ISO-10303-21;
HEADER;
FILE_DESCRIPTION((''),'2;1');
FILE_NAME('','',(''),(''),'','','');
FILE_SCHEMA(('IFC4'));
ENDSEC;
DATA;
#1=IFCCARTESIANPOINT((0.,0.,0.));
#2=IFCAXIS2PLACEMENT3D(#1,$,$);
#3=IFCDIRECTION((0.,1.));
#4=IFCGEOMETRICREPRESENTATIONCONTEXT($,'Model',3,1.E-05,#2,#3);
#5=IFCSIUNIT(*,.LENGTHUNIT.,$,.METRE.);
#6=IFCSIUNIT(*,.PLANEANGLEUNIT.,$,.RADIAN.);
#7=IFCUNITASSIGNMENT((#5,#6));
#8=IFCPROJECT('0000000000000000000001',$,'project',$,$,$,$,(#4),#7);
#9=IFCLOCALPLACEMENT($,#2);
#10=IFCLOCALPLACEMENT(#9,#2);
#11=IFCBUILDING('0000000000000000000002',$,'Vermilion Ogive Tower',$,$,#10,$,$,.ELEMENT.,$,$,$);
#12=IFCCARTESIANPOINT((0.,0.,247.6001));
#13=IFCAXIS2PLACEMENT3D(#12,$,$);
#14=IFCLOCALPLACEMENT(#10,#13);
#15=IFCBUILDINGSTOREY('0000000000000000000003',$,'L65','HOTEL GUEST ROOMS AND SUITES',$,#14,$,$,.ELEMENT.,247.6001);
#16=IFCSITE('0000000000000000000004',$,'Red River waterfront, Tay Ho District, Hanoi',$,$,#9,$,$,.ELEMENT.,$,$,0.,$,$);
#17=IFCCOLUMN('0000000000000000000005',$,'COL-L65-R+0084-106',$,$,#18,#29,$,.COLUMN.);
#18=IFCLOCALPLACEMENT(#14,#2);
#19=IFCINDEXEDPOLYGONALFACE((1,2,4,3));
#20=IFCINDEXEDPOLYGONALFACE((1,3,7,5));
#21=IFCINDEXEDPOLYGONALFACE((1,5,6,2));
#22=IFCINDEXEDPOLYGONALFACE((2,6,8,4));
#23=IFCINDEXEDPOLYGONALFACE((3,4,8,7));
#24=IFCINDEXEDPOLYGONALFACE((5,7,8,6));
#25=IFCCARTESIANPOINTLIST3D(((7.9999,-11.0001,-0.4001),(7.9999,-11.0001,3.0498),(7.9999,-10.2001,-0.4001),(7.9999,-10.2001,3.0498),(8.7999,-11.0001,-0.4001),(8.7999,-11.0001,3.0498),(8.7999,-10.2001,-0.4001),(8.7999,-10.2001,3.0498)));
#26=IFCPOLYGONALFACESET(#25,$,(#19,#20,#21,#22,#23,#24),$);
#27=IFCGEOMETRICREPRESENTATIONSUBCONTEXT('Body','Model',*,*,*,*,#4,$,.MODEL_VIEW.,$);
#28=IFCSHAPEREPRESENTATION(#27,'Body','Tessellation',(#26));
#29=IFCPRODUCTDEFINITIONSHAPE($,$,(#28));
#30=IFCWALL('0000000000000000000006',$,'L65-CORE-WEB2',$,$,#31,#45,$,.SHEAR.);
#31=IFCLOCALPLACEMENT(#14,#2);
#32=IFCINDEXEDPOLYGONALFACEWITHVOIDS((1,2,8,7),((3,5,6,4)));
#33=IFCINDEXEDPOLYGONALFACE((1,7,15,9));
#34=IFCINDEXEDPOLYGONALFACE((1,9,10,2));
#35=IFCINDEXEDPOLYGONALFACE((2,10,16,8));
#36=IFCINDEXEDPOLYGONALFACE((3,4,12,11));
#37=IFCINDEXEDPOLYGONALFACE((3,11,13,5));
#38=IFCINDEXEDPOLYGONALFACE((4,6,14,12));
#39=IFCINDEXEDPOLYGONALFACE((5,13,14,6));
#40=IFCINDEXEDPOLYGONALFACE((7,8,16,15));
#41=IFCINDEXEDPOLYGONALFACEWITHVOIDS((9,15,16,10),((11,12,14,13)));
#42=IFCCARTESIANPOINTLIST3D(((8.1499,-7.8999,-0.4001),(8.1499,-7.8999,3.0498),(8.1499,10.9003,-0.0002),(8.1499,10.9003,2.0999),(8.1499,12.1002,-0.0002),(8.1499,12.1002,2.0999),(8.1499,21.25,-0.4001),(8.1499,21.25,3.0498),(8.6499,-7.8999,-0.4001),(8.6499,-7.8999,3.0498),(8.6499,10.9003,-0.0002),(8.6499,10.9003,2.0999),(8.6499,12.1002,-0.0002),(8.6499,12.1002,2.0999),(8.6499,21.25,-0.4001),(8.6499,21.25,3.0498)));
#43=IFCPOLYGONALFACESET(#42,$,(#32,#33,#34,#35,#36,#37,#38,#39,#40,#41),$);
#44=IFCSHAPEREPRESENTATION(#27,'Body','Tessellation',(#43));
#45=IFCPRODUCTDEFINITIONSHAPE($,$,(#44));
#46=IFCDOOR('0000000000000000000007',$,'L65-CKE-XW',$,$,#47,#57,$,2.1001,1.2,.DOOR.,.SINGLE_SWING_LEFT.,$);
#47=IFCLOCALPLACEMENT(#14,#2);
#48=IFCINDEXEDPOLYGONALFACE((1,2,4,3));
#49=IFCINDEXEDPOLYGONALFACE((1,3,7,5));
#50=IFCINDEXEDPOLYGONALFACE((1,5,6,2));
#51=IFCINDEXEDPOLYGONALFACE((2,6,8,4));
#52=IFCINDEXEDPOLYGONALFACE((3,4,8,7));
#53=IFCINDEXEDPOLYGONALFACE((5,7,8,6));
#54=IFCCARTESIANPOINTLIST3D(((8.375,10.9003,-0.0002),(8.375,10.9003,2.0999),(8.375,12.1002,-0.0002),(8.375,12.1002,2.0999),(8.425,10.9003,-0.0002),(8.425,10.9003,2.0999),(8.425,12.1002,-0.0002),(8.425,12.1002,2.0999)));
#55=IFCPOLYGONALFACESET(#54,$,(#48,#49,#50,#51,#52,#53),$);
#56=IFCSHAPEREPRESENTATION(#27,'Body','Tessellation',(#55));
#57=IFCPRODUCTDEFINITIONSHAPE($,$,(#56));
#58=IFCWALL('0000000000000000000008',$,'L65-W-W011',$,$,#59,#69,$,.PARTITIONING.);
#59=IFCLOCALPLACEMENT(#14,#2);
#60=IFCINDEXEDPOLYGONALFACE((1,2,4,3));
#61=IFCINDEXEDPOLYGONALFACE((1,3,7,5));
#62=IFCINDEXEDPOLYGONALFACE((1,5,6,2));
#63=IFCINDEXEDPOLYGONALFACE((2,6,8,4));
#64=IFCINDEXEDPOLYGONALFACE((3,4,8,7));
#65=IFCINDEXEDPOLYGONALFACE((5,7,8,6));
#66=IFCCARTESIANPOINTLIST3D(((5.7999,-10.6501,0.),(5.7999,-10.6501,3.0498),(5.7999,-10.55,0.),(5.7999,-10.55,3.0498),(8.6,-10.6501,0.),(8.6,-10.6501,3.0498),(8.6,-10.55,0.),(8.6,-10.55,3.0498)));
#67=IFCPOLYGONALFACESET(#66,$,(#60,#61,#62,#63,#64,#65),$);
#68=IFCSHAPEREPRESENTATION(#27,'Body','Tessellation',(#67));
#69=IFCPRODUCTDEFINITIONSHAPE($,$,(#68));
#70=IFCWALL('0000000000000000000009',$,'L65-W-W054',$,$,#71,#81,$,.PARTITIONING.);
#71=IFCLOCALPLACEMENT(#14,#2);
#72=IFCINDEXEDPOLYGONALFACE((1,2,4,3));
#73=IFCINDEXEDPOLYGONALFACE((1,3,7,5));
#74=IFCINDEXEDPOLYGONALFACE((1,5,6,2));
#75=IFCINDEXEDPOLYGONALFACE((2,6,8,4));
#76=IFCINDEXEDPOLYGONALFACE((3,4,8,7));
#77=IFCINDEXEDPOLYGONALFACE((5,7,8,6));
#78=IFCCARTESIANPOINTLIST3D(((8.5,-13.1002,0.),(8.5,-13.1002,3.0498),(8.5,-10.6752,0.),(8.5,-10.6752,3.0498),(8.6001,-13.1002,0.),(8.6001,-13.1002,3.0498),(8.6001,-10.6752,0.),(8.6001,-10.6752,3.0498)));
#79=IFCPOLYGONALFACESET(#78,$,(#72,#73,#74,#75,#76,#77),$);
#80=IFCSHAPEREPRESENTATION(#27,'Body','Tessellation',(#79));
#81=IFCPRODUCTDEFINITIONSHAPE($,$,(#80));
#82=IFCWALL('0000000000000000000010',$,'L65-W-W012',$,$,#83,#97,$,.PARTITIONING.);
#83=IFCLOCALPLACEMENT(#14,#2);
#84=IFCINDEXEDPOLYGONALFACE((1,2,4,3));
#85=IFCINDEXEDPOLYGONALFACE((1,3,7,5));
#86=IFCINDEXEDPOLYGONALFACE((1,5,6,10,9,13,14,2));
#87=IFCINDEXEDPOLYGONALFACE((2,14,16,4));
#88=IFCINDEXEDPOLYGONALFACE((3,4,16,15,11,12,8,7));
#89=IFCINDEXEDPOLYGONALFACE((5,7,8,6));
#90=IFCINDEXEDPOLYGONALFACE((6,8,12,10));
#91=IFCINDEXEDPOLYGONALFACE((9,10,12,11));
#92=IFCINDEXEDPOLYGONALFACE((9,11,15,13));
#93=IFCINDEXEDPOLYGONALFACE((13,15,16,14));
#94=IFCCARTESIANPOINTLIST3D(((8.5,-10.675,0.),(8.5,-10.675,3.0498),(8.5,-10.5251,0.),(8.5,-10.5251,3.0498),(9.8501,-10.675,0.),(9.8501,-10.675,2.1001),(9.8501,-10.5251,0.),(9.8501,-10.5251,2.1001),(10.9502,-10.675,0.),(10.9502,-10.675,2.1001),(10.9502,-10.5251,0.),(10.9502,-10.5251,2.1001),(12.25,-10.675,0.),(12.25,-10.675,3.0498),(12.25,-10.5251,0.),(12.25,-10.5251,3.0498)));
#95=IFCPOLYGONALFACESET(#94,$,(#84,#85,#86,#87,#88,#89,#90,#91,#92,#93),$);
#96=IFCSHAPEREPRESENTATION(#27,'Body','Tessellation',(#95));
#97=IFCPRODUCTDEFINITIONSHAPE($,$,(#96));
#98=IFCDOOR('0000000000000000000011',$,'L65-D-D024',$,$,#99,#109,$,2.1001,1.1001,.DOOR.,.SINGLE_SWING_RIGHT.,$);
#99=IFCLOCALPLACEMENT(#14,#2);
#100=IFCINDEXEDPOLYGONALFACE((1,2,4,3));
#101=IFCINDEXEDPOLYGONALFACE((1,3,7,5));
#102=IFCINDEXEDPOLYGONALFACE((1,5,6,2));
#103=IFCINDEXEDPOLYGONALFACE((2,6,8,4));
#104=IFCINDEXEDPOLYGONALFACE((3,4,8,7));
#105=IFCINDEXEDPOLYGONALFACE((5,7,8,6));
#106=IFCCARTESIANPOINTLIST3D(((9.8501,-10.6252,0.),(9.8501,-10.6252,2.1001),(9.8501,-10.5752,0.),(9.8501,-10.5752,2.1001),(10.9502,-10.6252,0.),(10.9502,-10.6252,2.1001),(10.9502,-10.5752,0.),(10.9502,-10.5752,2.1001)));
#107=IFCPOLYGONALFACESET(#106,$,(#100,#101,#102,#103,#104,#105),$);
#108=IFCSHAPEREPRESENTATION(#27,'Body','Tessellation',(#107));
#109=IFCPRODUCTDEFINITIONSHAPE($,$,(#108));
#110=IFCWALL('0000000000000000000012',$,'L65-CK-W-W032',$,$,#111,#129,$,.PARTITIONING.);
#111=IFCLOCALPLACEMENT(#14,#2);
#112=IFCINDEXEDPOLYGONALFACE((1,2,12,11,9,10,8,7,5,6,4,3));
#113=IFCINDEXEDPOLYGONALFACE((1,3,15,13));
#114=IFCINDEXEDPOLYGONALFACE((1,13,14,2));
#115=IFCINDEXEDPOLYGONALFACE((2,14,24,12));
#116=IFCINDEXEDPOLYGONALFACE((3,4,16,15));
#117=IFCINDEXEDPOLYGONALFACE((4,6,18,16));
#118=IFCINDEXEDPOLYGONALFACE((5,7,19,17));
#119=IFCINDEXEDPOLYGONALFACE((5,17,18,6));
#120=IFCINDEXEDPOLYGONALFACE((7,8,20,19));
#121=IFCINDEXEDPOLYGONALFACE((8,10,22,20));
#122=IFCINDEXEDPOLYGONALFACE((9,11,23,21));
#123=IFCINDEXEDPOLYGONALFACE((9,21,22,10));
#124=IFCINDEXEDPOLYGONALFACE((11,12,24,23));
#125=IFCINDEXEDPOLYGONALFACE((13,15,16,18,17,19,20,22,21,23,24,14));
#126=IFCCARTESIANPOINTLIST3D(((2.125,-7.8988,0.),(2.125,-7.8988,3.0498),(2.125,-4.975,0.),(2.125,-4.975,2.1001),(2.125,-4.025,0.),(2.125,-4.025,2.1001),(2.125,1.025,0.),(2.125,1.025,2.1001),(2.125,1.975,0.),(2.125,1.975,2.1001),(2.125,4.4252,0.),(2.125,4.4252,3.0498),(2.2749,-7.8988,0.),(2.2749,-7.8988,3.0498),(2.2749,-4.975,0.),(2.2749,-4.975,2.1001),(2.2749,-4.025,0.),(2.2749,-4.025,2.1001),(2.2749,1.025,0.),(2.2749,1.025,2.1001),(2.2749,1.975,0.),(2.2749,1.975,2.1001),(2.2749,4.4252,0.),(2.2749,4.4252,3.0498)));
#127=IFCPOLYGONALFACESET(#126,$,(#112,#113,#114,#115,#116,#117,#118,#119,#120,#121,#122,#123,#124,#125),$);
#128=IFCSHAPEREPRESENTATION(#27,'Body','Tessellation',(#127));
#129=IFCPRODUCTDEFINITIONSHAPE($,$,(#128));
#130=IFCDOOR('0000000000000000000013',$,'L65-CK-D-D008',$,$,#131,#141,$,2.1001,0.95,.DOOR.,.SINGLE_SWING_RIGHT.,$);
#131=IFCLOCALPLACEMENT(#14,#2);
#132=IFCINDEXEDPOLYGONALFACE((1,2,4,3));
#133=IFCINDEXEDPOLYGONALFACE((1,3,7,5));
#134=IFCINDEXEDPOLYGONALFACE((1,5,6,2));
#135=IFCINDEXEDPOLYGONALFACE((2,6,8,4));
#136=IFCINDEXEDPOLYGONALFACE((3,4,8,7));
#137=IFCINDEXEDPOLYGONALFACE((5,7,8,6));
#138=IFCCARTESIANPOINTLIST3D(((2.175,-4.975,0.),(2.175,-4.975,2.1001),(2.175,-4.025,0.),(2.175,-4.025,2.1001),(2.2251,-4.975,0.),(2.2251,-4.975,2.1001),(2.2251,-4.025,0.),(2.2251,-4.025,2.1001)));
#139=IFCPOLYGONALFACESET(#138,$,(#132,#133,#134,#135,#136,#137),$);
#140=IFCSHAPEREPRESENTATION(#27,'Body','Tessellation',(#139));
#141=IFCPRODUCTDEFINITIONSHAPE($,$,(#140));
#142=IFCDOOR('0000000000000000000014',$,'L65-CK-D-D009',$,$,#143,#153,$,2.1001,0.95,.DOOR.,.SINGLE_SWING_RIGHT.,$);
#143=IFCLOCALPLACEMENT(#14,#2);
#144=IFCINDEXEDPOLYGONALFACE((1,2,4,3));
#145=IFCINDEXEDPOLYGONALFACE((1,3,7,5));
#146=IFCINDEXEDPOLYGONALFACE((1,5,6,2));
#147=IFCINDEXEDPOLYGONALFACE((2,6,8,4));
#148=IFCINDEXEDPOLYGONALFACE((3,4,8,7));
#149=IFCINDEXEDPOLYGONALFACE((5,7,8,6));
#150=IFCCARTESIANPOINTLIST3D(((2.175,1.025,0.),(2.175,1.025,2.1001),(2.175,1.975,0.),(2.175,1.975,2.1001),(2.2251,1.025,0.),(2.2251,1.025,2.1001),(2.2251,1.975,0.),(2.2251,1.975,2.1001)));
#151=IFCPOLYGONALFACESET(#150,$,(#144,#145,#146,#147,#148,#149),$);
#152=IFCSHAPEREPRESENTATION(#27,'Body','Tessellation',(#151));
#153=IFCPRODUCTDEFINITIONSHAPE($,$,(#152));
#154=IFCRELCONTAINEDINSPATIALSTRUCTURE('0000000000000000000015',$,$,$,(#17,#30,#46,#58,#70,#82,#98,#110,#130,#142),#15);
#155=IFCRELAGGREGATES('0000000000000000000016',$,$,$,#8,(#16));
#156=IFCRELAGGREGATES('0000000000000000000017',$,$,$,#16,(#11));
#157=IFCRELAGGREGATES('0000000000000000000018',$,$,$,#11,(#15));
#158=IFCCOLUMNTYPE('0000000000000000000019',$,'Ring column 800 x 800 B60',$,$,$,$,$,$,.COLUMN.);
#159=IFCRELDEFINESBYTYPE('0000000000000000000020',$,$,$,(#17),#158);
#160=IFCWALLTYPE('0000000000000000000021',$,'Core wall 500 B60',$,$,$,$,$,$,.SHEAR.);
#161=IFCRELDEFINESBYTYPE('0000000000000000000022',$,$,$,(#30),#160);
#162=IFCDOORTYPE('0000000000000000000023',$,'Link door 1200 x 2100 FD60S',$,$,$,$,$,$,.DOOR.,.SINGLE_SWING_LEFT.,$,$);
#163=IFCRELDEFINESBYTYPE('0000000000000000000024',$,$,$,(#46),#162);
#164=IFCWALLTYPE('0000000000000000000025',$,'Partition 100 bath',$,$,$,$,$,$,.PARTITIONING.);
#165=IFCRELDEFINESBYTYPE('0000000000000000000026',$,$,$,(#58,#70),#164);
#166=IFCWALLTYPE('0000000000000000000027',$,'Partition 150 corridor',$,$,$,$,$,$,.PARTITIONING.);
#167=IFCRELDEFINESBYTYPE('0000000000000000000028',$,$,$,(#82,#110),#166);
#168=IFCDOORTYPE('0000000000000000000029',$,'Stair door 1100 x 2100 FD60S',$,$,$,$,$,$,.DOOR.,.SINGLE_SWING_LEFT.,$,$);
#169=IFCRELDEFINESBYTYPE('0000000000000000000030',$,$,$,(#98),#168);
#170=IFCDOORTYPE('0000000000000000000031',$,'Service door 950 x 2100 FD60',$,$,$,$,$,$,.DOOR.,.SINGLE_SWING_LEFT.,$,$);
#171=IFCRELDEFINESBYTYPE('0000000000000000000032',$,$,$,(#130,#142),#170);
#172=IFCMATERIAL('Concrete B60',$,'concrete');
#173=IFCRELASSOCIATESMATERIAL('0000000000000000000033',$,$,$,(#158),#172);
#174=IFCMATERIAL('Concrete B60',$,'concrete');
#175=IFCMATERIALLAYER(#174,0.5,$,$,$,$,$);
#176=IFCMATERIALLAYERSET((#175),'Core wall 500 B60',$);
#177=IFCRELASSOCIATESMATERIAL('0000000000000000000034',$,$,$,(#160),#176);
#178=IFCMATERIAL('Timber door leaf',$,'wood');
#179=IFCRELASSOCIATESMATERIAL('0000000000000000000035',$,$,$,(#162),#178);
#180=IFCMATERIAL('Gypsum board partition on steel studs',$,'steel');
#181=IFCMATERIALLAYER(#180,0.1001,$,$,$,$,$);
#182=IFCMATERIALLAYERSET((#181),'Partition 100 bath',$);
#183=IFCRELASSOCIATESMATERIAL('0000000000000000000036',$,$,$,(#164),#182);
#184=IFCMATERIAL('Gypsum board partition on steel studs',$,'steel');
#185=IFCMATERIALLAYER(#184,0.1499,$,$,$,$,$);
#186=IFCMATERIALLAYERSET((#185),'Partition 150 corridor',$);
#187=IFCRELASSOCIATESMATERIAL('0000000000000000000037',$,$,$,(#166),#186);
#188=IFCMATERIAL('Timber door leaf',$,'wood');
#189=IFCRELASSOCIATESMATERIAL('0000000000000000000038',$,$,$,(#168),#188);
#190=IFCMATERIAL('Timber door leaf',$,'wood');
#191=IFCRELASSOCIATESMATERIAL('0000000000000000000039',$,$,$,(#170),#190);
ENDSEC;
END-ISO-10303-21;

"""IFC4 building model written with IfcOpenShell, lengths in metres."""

from ifc_helpers import new_model, si_unit, direction, frame, frame_2d, origin, origin_2d, place, context, subcontext, project, spatial, rectangle, extrude, material, layer, layer_set, material_profile, profile_set, type_object, element, fill, save


model = new_model("IFC4")

# Units and contexts
model_context = context("Model", 3, precision=1e-05, world=origin(), true_north=direction((0.0, 1.0)))
body_context = subcontext(model_context, "Body", "Model", "MODEL_VIEW")
ifc_project = project(units=[si_unit("LENGTHUNIT", "METRE"), si_unit("PLANEANGLEUNIT", "RADIAN")], contexts=[model_context])

# Site, building, storey
site_placement = place(None, origin())
site = spatial("IfcSite", under=ifc_project, at=site_placement, Name="Red River waterfront, Tay Ho District, Hanoi", CompositionType="ELEMENT", RefElevation=0.0)
building_placement = place(site_placement, origin())
building = spatial("IfcBuilding", under=site, at=building_placement, Name="Vermilion Ogive Tower", CompositionType="ELEMENT")
storey_placement = place(building_placement, frame((0.0, 0.0, 247.6001)))
storey = spatial("IfcBuildingStorey", under=building, at=storey_placement, Name="L65", Description="HOTEL GUEST ROOMS AND SUITES", CompositionType="ELEMENT", Elevation=247.6001)

# Column
ifc_material_1 = material(Name="Concrete B60", Category="concrete")
ifc_material_profile = material_profile(ifc_material_1, rectangle(XDim=0.8, YDim=0.8, at=origin_2d()), Name="800 x 800")
ifc_profile_set = profile_set([ifc_material_profile], Name="Concrete B60")
column_type = type_object("IfcColumnType", Name="Ring column 800 x 800 B60", PredefinedType="COLUMN", material=ifc_profile_set)
column_placement = place(storey_placement, frame((8.3999, -10.6001, -0.4001), z_axis=(0.0, 0.0, 1.0), x_axis=(1.0, 0.0, 0.0)))
element("IfcColumn", 1, at=column_placement, inside=storey, type_object=column_type, Name="COL-L65-R+0084-106", PredefinedType="COLUMN", context=body_context, shape_type="SweptSolid", body=[
    extrude(rectangle(XDim=0.8, YDim=0.8, at=origin_2d()), origin(), (0.0, 0.0, 1.0), 3.45),
])

# Wall, opening, door
ifc_material_2 = material(Name="Concrete B60", Category="concrete")
ifc_layer_1 = layer(ifc_material_2, 0.5)
ifc_layer_set_1 = layer_set([ifc_layer_1], Name="Core wall 500 B60")
wall_type_1 = type_object("IfcWallType", Name="Core wall 500 B60", PredefinedType="SHEAR", material=ifc_layer_set_1)
wall_1_placement = place(storey_placement, frame((8.3999, -7.8999, -0.4001), z_axis=(0.0, 0.0, 1.0), x_axis=(0.0, 1.0, 0.0)))
wall_1 = element("IfcWall", 2, at=wall_1_placement, inside=storey, type_object=wall_type_1, Name="L65-CORE-WEB2", PredefinedType="SHEAR", context=body_context, shape_type="SweptSolid", body=[
    extrude(rectangle(XDim=29.1499, YDim=0.5, at=frame_2d((14.575, 0.0))), origin(), (0.0, 0.0, 1.0), 3.45),
])
opening_1_placement = place(wall_1_placement, frame((18.8, 0.0, 0.3999)))
opening_1 = element("IfcOpeningElement", 3, at=opening_1_placement, cuts=wall_1, PredefinedType="OPENING", context=body_context, shape_type="SweptSolid", body=[
    extrude(rectangle(XDim=1.2, YDim=2.1001, at=frame_2d((0.6001, 1.05))), frame((0.0, 0.26, 0.0), z_axis=(0.0, -1.0, 0.0), x_axis=(1.0, 0.0, 0.0)), (0.0, 0.0, 1.0), 0.52),
])
ifc_material_3 = material(Name="Timber door leaf", Category="wood")
door_type_1 = type_object("IfcDoorType", Name="Link door 1200 x 2100 FD60S", OperationType="SINGLE_SWING_LEFT", PredefinedType="DOOR", material=ifc_material_3)
door_1_placement = place(opening_1_placement, origin())
door_1 = element("IfcDoor", 4, at=door_1_placement, inside=storey, type_object=door_type_1, Name="L65-CKE-XW", OperationType="SINGLE_SWING_LEFT", OverallHeight=2.1001, OverallWidth=1.2, PredefinedType="DOOR", context=body_context, shape_type="SweptSolid", body=[
    extrude(rectangle(XDim=1.2, YDim=2.1001, at=frame_2d((0.6001, 1.05))), frame((0.0, 0.0249, 0.0), z_axis=(0.0, -1.0, 0.0), x_axis=(1.0, 0.0, 0.0)), (0.0, 0.0, 1.0), 0.05),
])
fill(opening_1, door_1)

# Walls
ifc_material_4 = material(Name="Gypsum board partition on steel studs", Category="steel")
ifc_layer_2 = layer(ifc_material_4, 0.1001)
ifc_layer_set_2 = layer_set([ifc_layer_2], Name="Partition 100 bath")
wall_type_2 = type_object("IfcWallType", Name="Partition 100 bath", PredefinedType="PARTITIONING", material=ifc_layer_set_2)
wall_2_placement = place(storey_placement, frame((5.8, -10.6001, 0.0), z_axis=(0.0, 0.0, 1.0), x_axis=(1.0, 0.0, 0.0)))
element("IfcWall", 5, at=wall_2_placement, inside=storey, type_object=wall_type_2, Name="L65-W-W011", PredefinedType="PARTITIONING", context=body_context, shape_type="SweptSolid", body=[
    extrude(rectangle(XDim=2.8, YDim=0.1001, at=frame_2d((1.3999, 0.0))), origin(), (0.0, 0.0, 1.0), 3.0498),
])
wall_3_placement = place(storey_placement, frame((8.55, -13.1001, 0.0), z_axis=(0.0, 0.0, 1.0), x_axis=(0.0, 1.0, 0.0)))
element("IfcWall", 6, at=wall_3_placement, inside=storey, type_object=wall_type_2, Name="L65-W-W054", PredefinedType="PARTITIONING", context=body_context, shape_type="SweptSolid", body=[
    extrude(rectangle(XDim=2.425, YDim=0.1001, at=frame_2d((1.2124, 0.0))), origin(), (0.0, 0.0, 1.0), 3.0498),
])

# Wall, opening, door
ifc_material_5 = material(Name="Gypsum board partition on steel studs", Category="steel")
ifc_layer_3 = layer(ifc_material_5, 0.1499)
ifc_layer_set_3 = layer_set([ifc_layer_3], Name="Partition 150 corridor")
wall_type_3 = type_object("IfcWallType", Name="Partition 150 corridor", PredefinedType="PARTITIONING", material=ifc_layer_set_3)
wall_4_placement = place(storey_placement, frame((8.5, -10.6001, 0.0), z_axis=(0.0, 0.0, 1.0), x_axis=(1.0, 0.0, 0.0)))
wall_4 = element("IfcWall", 7, at=wall_4_placement, inside=storey, type_object=wall_type_3, Name="L65-W-W012", PredefinedType="PARTITIONING", context=body_context, shape_type="SweptSolid", body=[
    extrude(rectangle(XDim=3.75, YDim=0.1499, at=frame_2d((1.875, 0.0))), origin(), (0.0, 0.0, 1.0), 3.0498),
])
opening_2_placement = place(wall_4_placement, frame((1.3501, 0.0, 0.0)))
opening_2 = element("IfcOpeningElement", 8, at=opening_2_placement, cuts=wall_4, PredefinedType="OPENING", context=body_context, shape_type="SweptSolid", body=[
    extrude(rectangle(XDim=1.1001, YDim=2.1001, at=frame_2d((0.55, 1.05))), frame((0.0, 0.085, 0.0), z_axis=(0.0, -1.0, 0.0), x_axis=(1.0, 0.0, 0.0)), (0.0, 0.0, 1.0), 0.1699),
])
ifc_material_6 = material(Name="Timber door leaf", Category="wood")
door_type_2 = type_object("IfcDoorType", Name="Stair door 1100 x 2100 FD60S", OperationType="SINGLE_SWING_LEFT", PredefinedType="DOOR", material=ifc_material_6)
door_2_placement = place(opening_2_placement, origin())
door_2 = element("IfcDoor", 9, at=door_2_placement, inside=storey, type_object=door_type_2, Name="L65-D-D024", OperationType="SINGLE_SWING_RIGHT", OverallHeight=2.1001, OverallWidth=1.1001, PredefinedType="DOOR", context=body_context, shape_type="SweptSolid", body=[
    extrude(rectangle(XDim=1.1001, YDim=2.1001, at=frame_2d((0.55, 1.05))), frame((0.0, 0.0249, 0.0), z_axis=(0.0, -1.0, 0.0), x_axis=(1.0, 0.0, 0.0)), (0.0, 0.0, 1.0), 0.05),
])
fill(opening_2, door_2)

# Wall, openings, doors
wall_5_placement = place(storey_placement, frame((2.2, -7.8989, 0.0), z_axis=(0.0, 0.0, 1.0), x_axis=(0.0, 1.0, 0.0)))
wall_5 = element("IfcWall", 10, at=wall_5_placement, inside=storey, type_object=wall_type_3, Name="L65-CK-W-W032", PredefinedType="PARTITIONING", context=body_context, shape_type="SweptSolid", body=[
    extrude(rectangle(XDim=12.324, YDim=0.1499, at=frame_2d((6.1621, 0.0))), origin(), (0.0, 0.0, 1.0), 3.0498),
])
opening_3_placement = place(wall_5_placement, frame((2.9238, 0.0, 0.0)))
opening_3 = element("IfcOpeningElement", 11, at=opening_3_placement, cuts=wall_5, PredefinedType="OPENING", context=body_context, shape_type="SweptSolid", body=[
    extrude(rectangle(XDim=0.95, YDim=2.1001, at=frame_2d((0.4751, 1.05))), frame((0.0, 0.085, 0.0), z_axis=(0.0, -1.0, 0.0), x_axis=(1.0, 0.0, 0.0)), (0.0, 0.0, 1.0), 0.1699),
])
opening_4_placement = place(wall_5_placement, frame((8.9238, 0.0, 0.0)))
opening_4 = element("IfcOpeningElement", 12, at=opening_4_placement, cuts=wall_5, PredefinedType="OPENING", context=body_context, shape_type="SweptSolid", body=[
    extrude(rectangle(XDim=0.95, YDim=2.1001, at=frame_2d((0.4751, 1.05))), frame((0.0, 0.085, 0.0), z_axis=(0.0, -1.0, 0.0), x_axis=(1.0, 0.0, 0.0)), (0.0, 0.0, 1.0), 0.1699),
])
ifc_material_7 = material(Name="Timber door leaf", Category="wood")
door_type_3 = type_object("IfcDoorType", Name="Service door 950 x 2100 FD60", OperationType="SINGLE_SWING_LEFT", PredefinedType="DOOR", material=ifc_material_7)
door_3_placement = place(opening_3_placement, origin())
door_3 = element("IfcDoor", 13, at=door_3_placement, inside=storey, type_object=door_type_3, Name="L65-CK-D-D008", OperationType="SINGLE_SWING_RIGHT", OverallHeight=2.1001, OverallWidth=0.95, PredefinedType="DOOR", context=body_context, shape_type="SweptSolid", body=[
    extrude(rectangle(XDim=0.95, YDim=2.1001, at=frame_2d((0.4751, 1.05))), frame((0.0, 0.0249, 0.0), z_axis=(0.0, -1.0, 0.0), x_axis=(1.0, 0.0, 0.0)), (0.0, 0.0, 1.0), 0.05),
])
fill(opening_3, door_3)
door_4_placement = place(opening_4_placement, origin())
door_4 = element("IfcDoor", 14, at=door_4_placement, inside=storey, type_object=door_type_3, Name="L65-CK-D-D009", OperationType="SINGLE_SWING_RIGHT", OverallHeight=2.1001, OverallWidth=0.95, PredefinedType="DOOR", context=body_context, shape_type="SweptSolid", body=[
    extrude(rectangle(XDim=0.95, YDim=2.1001, at=frame_2d((0.4751, 1.05))), frame((0.0, 0.0249, 0.0), z_axis=(0.0, -1.0, 0.0), x_axis=(1.0, 0.0, 0.0)), (0.0, 0.0, 1.0), 0.05),
])
fill(opening_4, door_4)

save(model, "model.ifc")
